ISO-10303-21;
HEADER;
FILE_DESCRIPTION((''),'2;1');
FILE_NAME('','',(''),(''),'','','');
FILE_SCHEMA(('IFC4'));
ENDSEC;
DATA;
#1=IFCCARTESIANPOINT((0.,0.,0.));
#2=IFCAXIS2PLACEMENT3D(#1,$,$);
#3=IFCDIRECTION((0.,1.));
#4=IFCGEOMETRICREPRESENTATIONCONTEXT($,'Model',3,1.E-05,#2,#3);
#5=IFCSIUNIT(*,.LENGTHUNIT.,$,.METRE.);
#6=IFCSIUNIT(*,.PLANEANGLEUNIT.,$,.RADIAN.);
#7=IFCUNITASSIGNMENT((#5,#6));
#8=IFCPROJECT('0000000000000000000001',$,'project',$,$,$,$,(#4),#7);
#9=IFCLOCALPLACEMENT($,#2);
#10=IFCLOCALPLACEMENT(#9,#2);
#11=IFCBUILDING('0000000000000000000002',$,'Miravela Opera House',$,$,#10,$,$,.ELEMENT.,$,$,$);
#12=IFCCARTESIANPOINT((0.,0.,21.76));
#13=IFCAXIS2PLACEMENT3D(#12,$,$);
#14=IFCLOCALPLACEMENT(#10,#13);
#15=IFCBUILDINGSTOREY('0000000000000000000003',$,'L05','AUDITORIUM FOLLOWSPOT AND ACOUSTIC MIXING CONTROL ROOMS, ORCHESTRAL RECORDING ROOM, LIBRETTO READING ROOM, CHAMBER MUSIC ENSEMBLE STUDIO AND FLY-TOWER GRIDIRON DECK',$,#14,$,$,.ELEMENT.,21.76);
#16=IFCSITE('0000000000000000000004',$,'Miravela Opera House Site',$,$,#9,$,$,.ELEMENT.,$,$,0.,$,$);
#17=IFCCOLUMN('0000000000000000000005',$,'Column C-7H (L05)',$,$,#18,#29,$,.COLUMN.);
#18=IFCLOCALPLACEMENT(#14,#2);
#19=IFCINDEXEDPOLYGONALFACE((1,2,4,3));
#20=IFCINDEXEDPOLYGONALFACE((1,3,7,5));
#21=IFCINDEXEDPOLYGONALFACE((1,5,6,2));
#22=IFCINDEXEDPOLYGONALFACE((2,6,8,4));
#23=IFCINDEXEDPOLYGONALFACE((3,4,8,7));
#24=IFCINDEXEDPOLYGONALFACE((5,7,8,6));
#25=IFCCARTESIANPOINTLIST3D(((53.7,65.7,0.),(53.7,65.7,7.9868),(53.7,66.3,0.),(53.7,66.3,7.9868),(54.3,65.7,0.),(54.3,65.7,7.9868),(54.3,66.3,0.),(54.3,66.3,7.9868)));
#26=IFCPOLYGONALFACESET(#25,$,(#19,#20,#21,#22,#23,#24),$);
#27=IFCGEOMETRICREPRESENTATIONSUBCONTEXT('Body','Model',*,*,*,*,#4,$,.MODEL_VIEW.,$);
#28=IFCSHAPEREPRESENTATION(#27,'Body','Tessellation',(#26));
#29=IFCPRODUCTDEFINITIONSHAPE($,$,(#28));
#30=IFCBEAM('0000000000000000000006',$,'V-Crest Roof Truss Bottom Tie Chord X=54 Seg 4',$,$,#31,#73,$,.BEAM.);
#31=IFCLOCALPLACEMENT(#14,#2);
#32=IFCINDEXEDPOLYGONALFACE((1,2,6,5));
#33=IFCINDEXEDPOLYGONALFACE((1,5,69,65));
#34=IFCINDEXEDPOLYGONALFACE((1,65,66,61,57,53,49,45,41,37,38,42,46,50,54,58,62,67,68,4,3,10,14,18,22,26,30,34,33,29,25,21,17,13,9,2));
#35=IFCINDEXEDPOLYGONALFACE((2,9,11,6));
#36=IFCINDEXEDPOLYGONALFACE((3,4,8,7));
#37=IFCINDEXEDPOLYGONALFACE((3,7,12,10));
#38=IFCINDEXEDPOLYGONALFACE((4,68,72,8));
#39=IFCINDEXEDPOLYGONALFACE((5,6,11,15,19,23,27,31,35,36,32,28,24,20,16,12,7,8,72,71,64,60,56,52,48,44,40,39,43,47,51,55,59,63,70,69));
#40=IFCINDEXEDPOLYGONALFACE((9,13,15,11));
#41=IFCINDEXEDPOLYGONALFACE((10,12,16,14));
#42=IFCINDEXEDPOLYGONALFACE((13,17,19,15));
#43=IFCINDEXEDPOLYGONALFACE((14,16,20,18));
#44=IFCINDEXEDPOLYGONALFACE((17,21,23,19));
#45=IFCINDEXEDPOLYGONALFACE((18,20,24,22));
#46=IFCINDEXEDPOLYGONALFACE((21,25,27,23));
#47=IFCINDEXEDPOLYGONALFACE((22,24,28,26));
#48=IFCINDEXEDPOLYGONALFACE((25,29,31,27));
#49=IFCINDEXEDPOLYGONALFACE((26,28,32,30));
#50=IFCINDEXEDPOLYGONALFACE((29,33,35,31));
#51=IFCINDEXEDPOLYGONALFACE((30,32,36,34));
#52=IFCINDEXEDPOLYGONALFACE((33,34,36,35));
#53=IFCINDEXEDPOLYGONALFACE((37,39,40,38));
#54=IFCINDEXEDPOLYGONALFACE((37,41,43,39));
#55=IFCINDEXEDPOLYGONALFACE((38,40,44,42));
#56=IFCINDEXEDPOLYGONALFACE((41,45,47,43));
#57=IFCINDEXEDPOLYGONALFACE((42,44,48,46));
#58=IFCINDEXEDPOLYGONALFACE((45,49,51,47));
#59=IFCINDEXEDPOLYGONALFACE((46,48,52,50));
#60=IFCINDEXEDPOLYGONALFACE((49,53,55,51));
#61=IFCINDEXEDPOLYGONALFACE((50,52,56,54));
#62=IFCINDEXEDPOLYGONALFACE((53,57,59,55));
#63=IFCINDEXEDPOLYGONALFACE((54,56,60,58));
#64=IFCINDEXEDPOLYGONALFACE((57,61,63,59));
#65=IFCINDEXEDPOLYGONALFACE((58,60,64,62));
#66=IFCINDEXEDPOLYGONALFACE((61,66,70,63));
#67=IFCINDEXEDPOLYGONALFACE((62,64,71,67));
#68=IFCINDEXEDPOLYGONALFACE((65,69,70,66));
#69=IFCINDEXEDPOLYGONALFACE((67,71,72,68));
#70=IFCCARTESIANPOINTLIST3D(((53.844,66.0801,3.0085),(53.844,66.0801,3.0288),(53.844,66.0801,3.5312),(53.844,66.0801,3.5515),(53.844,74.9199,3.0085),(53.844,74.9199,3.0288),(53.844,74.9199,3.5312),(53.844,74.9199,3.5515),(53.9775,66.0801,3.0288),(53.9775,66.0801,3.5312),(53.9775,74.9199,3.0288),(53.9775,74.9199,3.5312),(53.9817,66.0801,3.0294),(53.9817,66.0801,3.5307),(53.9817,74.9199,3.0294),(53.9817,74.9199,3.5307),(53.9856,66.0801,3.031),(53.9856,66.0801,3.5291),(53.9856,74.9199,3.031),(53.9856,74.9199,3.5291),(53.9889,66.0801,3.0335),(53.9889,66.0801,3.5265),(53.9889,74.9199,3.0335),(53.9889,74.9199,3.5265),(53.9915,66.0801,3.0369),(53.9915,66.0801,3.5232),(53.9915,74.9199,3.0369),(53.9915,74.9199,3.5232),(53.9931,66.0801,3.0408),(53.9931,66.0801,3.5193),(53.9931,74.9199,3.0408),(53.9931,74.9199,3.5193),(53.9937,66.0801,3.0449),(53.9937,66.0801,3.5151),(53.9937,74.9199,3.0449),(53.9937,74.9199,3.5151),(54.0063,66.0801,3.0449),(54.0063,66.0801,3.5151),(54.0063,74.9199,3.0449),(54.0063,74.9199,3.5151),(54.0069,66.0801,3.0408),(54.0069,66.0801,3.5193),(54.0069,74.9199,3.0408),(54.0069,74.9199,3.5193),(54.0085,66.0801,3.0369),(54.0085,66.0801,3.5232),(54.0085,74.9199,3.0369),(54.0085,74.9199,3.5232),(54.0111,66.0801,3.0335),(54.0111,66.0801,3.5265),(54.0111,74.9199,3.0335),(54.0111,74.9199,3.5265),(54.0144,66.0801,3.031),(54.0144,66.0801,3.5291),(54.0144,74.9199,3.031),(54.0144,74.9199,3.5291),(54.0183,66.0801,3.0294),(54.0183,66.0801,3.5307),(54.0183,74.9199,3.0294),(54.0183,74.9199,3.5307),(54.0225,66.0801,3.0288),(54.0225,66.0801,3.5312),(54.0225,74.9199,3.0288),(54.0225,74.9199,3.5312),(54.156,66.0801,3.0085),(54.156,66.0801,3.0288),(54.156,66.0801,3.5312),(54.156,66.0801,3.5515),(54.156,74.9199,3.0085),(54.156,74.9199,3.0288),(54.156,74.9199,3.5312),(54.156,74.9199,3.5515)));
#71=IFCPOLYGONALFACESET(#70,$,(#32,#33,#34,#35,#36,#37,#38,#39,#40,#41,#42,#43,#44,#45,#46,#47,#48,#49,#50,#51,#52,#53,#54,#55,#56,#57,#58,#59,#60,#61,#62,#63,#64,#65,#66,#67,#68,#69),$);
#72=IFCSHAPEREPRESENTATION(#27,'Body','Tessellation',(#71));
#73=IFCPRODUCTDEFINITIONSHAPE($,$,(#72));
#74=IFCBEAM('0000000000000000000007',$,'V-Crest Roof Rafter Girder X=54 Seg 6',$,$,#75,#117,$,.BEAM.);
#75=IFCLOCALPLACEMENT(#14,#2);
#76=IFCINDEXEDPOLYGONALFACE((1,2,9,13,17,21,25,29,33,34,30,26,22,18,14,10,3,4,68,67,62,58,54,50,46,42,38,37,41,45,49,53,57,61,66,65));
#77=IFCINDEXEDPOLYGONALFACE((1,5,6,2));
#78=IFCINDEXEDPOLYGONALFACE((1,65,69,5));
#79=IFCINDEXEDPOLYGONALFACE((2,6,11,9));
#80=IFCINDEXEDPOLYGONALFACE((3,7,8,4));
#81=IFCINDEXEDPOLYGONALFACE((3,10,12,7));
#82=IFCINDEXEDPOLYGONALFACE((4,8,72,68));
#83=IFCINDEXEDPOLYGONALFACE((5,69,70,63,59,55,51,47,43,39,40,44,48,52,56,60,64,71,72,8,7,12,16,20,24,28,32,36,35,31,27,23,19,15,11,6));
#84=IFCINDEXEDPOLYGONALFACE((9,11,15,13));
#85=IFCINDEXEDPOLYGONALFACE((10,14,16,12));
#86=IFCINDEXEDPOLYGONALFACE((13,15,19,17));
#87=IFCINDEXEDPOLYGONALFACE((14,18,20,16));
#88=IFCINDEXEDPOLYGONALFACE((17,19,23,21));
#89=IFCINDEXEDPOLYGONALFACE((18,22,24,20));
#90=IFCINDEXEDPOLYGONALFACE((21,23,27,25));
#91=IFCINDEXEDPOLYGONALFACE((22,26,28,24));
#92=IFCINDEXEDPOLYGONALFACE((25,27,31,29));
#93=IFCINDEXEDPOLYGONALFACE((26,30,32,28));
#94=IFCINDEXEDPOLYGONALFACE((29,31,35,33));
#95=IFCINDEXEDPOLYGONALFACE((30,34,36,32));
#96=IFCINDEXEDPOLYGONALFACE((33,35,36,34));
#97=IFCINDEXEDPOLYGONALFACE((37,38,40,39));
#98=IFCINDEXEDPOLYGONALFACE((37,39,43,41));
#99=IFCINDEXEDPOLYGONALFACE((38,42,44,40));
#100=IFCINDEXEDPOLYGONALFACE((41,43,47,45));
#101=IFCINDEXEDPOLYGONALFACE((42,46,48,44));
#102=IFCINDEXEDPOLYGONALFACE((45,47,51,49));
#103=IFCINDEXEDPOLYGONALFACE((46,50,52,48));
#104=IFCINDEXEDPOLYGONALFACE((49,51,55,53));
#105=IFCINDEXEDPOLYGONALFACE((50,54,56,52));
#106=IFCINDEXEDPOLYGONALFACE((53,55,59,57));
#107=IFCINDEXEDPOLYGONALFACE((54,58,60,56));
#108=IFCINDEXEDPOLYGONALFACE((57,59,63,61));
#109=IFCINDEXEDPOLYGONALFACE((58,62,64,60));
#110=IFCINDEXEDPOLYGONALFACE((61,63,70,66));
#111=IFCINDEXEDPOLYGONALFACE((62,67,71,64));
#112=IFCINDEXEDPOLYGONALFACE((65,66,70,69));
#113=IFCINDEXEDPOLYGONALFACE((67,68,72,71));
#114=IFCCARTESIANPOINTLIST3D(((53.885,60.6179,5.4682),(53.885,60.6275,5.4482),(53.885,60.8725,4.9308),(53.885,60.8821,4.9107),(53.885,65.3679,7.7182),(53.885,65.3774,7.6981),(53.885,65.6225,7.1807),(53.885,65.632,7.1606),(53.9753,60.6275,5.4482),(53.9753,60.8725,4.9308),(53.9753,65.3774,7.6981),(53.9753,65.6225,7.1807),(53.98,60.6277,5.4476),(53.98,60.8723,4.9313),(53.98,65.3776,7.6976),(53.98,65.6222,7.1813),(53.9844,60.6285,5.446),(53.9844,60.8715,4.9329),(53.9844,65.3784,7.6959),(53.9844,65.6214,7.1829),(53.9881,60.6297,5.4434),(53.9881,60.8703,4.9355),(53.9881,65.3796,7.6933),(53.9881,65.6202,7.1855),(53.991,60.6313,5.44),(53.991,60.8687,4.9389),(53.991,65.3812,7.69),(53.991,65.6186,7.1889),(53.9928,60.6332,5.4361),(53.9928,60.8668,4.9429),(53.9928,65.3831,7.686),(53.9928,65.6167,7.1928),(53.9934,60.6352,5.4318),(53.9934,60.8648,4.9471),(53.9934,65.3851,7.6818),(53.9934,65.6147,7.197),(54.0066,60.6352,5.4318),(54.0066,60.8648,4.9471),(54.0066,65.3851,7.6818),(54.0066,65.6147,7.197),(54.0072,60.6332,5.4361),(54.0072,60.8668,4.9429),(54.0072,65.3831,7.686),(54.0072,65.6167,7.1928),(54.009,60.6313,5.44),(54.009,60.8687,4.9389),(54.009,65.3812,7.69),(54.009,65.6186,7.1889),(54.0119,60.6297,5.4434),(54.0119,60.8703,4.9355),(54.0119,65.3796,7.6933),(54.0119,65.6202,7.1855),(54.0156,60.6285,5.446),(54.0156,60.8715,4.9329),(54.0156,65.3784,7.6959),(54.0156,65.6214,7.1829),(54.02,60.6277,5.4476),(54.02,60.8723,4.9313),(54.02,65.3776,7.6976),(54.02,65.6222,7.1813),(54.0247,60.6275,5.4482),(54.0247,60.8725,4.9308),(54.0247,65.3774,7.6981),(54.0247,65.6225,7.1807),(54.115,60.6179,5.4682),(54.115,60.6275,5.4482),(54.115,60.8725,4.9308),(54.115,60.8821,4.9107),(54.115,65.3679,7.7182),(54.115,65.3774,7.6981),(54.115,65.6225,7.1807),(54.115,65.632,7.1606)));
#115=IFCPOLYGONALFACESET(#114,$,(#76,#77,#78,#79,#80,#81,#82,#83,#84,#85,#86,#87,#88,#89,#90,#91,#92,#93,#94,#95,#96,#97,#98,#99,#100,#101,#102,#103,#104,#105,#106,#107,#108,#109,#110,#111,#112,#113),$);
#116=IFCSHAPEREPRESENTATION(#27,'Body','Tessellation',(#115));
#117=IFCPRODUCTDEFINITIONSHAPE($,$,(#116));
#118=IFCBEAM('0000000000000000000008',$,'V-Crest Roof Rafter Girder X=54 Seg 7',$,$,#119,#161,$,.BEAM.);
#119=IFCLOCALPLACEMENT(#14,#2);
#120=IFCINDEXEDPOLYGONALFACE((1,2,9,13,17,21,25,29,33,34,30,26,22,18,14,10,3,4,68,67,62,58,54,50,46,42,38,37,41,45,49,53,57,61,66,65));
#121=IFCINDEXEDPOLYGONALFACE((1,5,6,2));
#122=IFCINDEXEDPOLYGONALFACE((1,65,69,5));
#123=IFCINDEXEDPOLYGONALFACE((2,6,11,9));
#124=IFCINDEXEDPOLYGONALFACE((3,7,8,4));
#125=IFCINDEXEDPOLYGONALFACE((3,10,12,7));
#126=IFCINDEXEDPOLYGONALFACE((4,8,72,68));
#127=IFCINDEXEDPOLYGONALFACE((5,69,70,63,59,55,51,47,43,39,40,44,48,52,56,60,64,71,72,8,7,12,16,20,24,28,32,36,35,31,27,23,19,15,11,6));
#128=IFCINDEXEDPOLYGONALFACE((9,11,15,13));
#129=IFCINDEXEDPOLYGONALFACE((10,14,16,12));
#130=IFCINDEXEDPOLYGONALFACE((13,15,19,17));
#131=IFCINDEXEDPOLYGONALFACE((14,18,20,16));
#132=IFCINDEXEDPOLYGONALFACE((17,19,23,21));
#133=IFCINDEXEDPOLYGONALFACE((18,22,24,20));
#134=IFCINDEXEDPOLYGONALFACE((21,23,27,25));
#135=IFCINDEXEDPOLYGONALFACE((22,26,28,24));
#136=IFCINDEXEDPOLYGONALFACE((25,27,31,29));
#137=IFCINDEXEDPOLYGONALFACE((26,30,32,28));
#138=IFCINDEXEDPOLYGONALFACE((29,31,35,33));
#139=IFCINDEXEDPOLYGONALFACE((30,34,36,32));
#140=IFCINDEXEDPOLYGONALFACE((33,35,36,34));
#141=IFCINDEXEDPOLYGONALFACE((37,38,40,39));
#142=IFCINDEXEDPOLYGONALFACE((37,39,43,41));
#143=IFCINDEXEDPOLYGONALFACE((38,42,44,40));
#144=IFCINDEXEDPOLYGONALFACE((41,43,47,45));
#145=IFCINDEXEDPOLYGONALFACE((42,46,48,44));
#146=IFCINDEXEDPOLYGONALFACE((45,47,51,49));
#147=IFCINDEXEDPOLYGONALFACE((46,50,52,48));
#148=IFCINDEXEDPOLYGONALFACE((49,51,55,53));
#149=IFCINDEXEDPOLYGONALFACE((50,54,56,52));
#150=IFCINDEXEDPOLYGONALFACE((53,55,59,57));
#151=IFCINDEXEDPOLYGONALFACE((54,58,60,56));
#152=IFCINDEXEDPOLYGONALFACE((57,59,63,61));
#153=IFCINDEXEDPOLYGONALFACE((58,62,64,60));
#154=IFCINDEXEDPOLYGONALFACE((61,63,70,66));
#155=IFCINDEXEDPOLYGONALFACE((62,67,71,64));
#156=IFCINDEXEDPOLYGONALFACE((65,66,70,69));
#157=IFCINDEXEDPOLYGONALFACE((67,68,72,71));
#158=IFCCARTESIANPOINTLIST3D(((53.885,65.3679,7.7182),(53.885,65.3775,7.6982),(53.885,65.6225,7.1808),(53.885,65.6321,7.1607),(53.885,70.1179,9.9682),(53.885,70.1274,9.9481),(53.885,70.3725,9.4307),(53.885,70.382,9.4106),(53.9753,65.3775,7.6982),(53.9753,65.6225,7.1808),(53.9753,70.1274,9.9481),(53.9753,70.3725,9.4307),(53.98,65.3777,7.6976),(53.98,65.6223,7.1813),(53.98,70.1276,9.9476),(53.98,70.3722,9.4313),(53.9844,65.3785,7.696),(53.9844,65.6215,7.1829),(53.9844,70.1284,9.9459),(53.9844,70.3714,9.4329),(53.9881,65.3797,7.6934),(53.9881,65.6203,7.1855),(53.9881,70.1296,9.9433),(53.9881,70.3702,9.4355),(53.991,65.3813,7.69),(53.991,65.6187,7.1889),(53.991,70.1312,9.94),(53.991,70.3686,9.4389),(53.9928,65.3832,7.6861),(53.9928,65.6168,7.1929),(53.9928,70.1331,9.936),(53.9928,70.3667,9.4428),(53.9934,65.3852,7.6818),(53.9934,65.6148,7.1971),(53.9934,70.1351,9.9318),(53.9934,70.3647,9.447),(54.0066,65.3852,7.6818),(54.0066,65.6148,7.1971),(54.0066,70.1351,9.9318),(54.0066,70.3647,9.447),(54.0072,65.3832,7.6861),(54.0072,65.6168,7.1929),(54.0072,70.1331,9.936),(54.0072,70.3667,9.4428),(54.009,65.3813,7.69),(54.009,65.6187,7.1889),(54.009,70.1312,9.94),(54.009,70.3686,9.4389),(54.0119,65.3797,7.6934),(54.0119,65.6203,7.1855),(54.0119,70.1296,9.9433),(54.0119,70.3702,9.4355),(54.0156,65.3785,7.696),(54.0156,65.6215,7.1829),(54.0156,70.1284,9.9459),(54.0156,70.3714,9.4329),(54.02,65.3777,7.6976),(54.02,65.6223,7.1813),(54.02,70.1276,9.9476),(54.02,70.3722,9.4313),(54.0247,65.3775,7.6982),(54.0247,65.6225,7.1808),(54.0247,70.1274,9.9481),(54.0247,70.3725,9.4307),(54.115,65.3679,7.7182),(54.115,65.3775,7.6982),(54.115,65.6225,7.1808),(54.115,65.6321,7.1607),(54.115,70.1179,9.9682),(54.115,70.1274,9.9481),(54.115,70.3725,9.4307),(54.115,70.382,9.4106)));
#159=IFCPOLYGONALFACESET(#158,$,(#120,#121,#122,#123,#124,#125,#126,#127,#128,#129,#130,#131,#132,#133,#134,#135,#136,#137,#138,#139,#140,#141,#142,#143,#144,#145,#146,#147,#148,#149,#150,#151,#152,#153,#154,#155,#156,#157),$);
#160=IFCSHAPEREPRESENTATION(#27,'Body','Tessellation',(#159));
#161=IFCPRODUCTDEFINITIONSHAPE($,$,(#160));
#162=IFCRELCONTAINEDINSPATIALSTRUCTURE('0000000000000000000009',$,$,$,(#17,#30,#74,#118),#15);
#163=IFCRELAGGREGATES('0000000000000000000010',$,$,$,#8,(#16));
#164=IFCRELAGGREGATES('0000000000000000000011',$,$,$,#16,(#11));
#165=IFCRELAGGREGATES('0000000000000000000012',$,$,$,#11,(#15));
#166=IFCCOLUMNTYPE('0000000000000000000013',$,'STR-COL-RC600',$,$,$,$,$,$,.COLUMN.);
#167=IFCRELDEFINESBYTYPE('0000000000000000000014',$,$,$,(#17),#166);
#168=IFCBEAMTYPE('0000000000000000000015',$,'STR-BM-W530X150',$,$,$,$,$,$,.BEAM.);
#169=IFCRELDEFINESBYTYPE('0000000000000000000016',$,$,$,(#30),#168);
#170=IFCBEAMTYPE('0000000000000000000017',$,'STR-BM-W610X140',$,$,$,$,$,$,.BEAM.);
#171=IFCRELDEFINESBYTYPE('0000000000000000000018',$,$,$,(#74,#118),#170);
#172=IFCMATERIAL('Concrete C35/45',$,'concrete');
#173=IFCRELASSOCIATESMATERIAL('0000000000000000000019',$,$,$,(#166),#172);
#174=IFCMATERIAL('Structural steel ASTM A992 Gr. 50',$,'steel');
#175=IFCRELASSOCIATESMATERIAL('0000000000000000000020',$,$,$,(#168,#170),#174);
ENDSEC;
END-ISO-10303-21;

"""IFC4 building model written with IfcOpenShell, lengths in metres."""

from ifc_helpers import new_model, si_unit, direction, frame, origin, origin_2d, place, context, subcontext, project, spatial, rectangle, i_section, extrude, material, material_profile, profile_set, type_object, element, save


model = new_model("IFC4")

# Units and contexts
model_context = context("Model", 3, precision=1e-05, world=origin(), true_north=direction((0.0, 1.0)))
body_context = subcontext(model_context, "Body", "Model", "MODEL_VIEW")
ifc_project = project(units=[si_unit("LENGTHUNIT", "METRE"), si_unit("PLANEANGLEUNIT", "RADIAN")], contexts=[model_context])

# Site, building, storey
site_placement = place(None, origin())
site = spatial("IfcSite", under=ifc_project, at=site_placement, Name="Miravela Opera House Site", CompositionType="ELEMENT", RefElevation=0.0)
building_placement = place(site_placement, origin())
building = spatial("IfcBuilding", under=site, at=building_placement, Name="Miravela Opera House", CompositionType="ELEMENT")
storey_placement = place(building_placement, frame((0.0, 0.0, 21.76)))
storey = spatial("IfcBuildingStorey", under=building, at=storey_placement, Name="L05", Description="AUDITORIUM FOLLOWSPOT AND ACOUSTIC MIXING CONTROL ROOMS, ORCHESTRAL RECORDING ROOM, LIBRETTO READING ROOM, CHAMBER MUSIC ENSEMBLE STUDIO AND FLY-TOWER GRIDIRON DECK", CompositionType="ELEMENT", Elevation=21.76)

# Column
ifc_material_1 = material(Name="Concrete C35/45", Category="concrete")
ifc_material_profile_1 = material_profile(ifc_material_1, rectangle(XDim=0.6001, YDim=0.6001, at=origin_2d()), Name="RC-COL-600X600")
ifc_profile_set_1 = profile_set([ifc_material_profile_1])
column_type = type_object("IfcColumnType", Name="STR-COL-RC600", PredefinedType="COLUMN", material=ifc_profile_set_1)
column_placement = place(storey_placement, frame((54.0, 66.0, 0.0), z_axis=(0.0, 0.0, 1.0), x_axis=(1.0, 0.0, 0.0)))
element("IfcColumn", 1, at=column_placement, inside=storey, type_object=column_type, Name="Column C-7H (L05)", PredefinedType="COLUMN", context=body_context, shape_type="SweptSolid", body=[
    extrude(rectangle(XDim=0.6001, YDim=0.6001, at=origin_2d()), origin(), (0.0, 0.0, 1.0), 7.9868),
])

# Beams
ifc_material_2 = material(Name="Structural steel ASTM A992 Gr. 50", Category="steel")
ifc_material_profile_2 = material_profile(ifc_material_2, i_section(OverallWidth=0.312, OverallDepth=0.543, WebThickness=0.0127, FlangeThickness=0.0203, FilletRadius=0.0161, at=origin_2d()), Name="W530X150")
ifc_profile_set_2 = profile_set([ifc_material_profile_2])
beam_type_1 = type_object("IfcBeamType", Name="STR-BM-W530X150", PredefinedType="BEAM", material=ifc_profile_set_2)
beam_placement = place(storey_placement, frame((54.0, 66.0801, 3.28), z_axis=(0.0, 1.0, 0.0), x_axis=(-1.0, 0.0, 0.0)))
element("IfcBeam", 2, at=beam_placement, inside=storey, type_object=beam_type_1, Name="V-Crest Roof Truss Bottom Tie Chord X=54 Seg 4", PredefinedType="BEAM", context=body_context, shape_type="SweptSolid", body=[
    extrude(i_section(OverallWidth=0.312, OverallDepth=0.543, WebThickness=0.0127, FlangeThickness=0.0203, FilletRadius=0.0161, at=origin_2d()), origin(), (0.0, 0.0, 1.0), 8.8398),
])
ifc_material_profile_3 = material_profile(ifc_material_2, i_section(OverallWidth=0.23, OverallDepth=0.6169, WebThickness=0.0132, FlangeThickness=0.0222, FilletRadius=0.0181, at=origin_2d()), Name="W610X140")
ifc_profile_set_3 = profile_set([ifc_material_profile_3])
beam_type_2 = type_object("IfcBeamType", Name="STR-BM-W610X140", PredefinedType="BEAM", material=ifc_profile_set_3)
for number, where, z_axis, x_axis, name in (
    (3, (54.0, 60.75, 5.1895), (0.0, 0.903738, 0.428086), (-1.0, 0.0, 0.0), "V-Crest Roof Rafter Girder X=54 Seg 6"),
    (4, (54.0, 65.5, 7.4395), (0.0, 0.903738, 0.428086), (-1.0, 0.0, 0.0), "V-Crest Roof Rafter Girder X=54 Seg 7"),
):
    element("IfcBeam", number, at=place(storey_placement, frame(where, z_axis=z_axis, x_axis=x_axis)), inside=storey, type_object=beam_type_2, Name=name, PredefinedType="BEAM", context=body_context, shape_type="SweptSolid", body=[
        extrude(i_section(OverallWidth=0.23, OverallDepth=0.6169, WebThickness=0.0132, FlangeThickness=0.0222, FilletRadius=0.0181, at=origin_2d()), origin(), (0.0, 0.0, 1.0), 5.2559),
    ])

save(model, "model.ifc")
